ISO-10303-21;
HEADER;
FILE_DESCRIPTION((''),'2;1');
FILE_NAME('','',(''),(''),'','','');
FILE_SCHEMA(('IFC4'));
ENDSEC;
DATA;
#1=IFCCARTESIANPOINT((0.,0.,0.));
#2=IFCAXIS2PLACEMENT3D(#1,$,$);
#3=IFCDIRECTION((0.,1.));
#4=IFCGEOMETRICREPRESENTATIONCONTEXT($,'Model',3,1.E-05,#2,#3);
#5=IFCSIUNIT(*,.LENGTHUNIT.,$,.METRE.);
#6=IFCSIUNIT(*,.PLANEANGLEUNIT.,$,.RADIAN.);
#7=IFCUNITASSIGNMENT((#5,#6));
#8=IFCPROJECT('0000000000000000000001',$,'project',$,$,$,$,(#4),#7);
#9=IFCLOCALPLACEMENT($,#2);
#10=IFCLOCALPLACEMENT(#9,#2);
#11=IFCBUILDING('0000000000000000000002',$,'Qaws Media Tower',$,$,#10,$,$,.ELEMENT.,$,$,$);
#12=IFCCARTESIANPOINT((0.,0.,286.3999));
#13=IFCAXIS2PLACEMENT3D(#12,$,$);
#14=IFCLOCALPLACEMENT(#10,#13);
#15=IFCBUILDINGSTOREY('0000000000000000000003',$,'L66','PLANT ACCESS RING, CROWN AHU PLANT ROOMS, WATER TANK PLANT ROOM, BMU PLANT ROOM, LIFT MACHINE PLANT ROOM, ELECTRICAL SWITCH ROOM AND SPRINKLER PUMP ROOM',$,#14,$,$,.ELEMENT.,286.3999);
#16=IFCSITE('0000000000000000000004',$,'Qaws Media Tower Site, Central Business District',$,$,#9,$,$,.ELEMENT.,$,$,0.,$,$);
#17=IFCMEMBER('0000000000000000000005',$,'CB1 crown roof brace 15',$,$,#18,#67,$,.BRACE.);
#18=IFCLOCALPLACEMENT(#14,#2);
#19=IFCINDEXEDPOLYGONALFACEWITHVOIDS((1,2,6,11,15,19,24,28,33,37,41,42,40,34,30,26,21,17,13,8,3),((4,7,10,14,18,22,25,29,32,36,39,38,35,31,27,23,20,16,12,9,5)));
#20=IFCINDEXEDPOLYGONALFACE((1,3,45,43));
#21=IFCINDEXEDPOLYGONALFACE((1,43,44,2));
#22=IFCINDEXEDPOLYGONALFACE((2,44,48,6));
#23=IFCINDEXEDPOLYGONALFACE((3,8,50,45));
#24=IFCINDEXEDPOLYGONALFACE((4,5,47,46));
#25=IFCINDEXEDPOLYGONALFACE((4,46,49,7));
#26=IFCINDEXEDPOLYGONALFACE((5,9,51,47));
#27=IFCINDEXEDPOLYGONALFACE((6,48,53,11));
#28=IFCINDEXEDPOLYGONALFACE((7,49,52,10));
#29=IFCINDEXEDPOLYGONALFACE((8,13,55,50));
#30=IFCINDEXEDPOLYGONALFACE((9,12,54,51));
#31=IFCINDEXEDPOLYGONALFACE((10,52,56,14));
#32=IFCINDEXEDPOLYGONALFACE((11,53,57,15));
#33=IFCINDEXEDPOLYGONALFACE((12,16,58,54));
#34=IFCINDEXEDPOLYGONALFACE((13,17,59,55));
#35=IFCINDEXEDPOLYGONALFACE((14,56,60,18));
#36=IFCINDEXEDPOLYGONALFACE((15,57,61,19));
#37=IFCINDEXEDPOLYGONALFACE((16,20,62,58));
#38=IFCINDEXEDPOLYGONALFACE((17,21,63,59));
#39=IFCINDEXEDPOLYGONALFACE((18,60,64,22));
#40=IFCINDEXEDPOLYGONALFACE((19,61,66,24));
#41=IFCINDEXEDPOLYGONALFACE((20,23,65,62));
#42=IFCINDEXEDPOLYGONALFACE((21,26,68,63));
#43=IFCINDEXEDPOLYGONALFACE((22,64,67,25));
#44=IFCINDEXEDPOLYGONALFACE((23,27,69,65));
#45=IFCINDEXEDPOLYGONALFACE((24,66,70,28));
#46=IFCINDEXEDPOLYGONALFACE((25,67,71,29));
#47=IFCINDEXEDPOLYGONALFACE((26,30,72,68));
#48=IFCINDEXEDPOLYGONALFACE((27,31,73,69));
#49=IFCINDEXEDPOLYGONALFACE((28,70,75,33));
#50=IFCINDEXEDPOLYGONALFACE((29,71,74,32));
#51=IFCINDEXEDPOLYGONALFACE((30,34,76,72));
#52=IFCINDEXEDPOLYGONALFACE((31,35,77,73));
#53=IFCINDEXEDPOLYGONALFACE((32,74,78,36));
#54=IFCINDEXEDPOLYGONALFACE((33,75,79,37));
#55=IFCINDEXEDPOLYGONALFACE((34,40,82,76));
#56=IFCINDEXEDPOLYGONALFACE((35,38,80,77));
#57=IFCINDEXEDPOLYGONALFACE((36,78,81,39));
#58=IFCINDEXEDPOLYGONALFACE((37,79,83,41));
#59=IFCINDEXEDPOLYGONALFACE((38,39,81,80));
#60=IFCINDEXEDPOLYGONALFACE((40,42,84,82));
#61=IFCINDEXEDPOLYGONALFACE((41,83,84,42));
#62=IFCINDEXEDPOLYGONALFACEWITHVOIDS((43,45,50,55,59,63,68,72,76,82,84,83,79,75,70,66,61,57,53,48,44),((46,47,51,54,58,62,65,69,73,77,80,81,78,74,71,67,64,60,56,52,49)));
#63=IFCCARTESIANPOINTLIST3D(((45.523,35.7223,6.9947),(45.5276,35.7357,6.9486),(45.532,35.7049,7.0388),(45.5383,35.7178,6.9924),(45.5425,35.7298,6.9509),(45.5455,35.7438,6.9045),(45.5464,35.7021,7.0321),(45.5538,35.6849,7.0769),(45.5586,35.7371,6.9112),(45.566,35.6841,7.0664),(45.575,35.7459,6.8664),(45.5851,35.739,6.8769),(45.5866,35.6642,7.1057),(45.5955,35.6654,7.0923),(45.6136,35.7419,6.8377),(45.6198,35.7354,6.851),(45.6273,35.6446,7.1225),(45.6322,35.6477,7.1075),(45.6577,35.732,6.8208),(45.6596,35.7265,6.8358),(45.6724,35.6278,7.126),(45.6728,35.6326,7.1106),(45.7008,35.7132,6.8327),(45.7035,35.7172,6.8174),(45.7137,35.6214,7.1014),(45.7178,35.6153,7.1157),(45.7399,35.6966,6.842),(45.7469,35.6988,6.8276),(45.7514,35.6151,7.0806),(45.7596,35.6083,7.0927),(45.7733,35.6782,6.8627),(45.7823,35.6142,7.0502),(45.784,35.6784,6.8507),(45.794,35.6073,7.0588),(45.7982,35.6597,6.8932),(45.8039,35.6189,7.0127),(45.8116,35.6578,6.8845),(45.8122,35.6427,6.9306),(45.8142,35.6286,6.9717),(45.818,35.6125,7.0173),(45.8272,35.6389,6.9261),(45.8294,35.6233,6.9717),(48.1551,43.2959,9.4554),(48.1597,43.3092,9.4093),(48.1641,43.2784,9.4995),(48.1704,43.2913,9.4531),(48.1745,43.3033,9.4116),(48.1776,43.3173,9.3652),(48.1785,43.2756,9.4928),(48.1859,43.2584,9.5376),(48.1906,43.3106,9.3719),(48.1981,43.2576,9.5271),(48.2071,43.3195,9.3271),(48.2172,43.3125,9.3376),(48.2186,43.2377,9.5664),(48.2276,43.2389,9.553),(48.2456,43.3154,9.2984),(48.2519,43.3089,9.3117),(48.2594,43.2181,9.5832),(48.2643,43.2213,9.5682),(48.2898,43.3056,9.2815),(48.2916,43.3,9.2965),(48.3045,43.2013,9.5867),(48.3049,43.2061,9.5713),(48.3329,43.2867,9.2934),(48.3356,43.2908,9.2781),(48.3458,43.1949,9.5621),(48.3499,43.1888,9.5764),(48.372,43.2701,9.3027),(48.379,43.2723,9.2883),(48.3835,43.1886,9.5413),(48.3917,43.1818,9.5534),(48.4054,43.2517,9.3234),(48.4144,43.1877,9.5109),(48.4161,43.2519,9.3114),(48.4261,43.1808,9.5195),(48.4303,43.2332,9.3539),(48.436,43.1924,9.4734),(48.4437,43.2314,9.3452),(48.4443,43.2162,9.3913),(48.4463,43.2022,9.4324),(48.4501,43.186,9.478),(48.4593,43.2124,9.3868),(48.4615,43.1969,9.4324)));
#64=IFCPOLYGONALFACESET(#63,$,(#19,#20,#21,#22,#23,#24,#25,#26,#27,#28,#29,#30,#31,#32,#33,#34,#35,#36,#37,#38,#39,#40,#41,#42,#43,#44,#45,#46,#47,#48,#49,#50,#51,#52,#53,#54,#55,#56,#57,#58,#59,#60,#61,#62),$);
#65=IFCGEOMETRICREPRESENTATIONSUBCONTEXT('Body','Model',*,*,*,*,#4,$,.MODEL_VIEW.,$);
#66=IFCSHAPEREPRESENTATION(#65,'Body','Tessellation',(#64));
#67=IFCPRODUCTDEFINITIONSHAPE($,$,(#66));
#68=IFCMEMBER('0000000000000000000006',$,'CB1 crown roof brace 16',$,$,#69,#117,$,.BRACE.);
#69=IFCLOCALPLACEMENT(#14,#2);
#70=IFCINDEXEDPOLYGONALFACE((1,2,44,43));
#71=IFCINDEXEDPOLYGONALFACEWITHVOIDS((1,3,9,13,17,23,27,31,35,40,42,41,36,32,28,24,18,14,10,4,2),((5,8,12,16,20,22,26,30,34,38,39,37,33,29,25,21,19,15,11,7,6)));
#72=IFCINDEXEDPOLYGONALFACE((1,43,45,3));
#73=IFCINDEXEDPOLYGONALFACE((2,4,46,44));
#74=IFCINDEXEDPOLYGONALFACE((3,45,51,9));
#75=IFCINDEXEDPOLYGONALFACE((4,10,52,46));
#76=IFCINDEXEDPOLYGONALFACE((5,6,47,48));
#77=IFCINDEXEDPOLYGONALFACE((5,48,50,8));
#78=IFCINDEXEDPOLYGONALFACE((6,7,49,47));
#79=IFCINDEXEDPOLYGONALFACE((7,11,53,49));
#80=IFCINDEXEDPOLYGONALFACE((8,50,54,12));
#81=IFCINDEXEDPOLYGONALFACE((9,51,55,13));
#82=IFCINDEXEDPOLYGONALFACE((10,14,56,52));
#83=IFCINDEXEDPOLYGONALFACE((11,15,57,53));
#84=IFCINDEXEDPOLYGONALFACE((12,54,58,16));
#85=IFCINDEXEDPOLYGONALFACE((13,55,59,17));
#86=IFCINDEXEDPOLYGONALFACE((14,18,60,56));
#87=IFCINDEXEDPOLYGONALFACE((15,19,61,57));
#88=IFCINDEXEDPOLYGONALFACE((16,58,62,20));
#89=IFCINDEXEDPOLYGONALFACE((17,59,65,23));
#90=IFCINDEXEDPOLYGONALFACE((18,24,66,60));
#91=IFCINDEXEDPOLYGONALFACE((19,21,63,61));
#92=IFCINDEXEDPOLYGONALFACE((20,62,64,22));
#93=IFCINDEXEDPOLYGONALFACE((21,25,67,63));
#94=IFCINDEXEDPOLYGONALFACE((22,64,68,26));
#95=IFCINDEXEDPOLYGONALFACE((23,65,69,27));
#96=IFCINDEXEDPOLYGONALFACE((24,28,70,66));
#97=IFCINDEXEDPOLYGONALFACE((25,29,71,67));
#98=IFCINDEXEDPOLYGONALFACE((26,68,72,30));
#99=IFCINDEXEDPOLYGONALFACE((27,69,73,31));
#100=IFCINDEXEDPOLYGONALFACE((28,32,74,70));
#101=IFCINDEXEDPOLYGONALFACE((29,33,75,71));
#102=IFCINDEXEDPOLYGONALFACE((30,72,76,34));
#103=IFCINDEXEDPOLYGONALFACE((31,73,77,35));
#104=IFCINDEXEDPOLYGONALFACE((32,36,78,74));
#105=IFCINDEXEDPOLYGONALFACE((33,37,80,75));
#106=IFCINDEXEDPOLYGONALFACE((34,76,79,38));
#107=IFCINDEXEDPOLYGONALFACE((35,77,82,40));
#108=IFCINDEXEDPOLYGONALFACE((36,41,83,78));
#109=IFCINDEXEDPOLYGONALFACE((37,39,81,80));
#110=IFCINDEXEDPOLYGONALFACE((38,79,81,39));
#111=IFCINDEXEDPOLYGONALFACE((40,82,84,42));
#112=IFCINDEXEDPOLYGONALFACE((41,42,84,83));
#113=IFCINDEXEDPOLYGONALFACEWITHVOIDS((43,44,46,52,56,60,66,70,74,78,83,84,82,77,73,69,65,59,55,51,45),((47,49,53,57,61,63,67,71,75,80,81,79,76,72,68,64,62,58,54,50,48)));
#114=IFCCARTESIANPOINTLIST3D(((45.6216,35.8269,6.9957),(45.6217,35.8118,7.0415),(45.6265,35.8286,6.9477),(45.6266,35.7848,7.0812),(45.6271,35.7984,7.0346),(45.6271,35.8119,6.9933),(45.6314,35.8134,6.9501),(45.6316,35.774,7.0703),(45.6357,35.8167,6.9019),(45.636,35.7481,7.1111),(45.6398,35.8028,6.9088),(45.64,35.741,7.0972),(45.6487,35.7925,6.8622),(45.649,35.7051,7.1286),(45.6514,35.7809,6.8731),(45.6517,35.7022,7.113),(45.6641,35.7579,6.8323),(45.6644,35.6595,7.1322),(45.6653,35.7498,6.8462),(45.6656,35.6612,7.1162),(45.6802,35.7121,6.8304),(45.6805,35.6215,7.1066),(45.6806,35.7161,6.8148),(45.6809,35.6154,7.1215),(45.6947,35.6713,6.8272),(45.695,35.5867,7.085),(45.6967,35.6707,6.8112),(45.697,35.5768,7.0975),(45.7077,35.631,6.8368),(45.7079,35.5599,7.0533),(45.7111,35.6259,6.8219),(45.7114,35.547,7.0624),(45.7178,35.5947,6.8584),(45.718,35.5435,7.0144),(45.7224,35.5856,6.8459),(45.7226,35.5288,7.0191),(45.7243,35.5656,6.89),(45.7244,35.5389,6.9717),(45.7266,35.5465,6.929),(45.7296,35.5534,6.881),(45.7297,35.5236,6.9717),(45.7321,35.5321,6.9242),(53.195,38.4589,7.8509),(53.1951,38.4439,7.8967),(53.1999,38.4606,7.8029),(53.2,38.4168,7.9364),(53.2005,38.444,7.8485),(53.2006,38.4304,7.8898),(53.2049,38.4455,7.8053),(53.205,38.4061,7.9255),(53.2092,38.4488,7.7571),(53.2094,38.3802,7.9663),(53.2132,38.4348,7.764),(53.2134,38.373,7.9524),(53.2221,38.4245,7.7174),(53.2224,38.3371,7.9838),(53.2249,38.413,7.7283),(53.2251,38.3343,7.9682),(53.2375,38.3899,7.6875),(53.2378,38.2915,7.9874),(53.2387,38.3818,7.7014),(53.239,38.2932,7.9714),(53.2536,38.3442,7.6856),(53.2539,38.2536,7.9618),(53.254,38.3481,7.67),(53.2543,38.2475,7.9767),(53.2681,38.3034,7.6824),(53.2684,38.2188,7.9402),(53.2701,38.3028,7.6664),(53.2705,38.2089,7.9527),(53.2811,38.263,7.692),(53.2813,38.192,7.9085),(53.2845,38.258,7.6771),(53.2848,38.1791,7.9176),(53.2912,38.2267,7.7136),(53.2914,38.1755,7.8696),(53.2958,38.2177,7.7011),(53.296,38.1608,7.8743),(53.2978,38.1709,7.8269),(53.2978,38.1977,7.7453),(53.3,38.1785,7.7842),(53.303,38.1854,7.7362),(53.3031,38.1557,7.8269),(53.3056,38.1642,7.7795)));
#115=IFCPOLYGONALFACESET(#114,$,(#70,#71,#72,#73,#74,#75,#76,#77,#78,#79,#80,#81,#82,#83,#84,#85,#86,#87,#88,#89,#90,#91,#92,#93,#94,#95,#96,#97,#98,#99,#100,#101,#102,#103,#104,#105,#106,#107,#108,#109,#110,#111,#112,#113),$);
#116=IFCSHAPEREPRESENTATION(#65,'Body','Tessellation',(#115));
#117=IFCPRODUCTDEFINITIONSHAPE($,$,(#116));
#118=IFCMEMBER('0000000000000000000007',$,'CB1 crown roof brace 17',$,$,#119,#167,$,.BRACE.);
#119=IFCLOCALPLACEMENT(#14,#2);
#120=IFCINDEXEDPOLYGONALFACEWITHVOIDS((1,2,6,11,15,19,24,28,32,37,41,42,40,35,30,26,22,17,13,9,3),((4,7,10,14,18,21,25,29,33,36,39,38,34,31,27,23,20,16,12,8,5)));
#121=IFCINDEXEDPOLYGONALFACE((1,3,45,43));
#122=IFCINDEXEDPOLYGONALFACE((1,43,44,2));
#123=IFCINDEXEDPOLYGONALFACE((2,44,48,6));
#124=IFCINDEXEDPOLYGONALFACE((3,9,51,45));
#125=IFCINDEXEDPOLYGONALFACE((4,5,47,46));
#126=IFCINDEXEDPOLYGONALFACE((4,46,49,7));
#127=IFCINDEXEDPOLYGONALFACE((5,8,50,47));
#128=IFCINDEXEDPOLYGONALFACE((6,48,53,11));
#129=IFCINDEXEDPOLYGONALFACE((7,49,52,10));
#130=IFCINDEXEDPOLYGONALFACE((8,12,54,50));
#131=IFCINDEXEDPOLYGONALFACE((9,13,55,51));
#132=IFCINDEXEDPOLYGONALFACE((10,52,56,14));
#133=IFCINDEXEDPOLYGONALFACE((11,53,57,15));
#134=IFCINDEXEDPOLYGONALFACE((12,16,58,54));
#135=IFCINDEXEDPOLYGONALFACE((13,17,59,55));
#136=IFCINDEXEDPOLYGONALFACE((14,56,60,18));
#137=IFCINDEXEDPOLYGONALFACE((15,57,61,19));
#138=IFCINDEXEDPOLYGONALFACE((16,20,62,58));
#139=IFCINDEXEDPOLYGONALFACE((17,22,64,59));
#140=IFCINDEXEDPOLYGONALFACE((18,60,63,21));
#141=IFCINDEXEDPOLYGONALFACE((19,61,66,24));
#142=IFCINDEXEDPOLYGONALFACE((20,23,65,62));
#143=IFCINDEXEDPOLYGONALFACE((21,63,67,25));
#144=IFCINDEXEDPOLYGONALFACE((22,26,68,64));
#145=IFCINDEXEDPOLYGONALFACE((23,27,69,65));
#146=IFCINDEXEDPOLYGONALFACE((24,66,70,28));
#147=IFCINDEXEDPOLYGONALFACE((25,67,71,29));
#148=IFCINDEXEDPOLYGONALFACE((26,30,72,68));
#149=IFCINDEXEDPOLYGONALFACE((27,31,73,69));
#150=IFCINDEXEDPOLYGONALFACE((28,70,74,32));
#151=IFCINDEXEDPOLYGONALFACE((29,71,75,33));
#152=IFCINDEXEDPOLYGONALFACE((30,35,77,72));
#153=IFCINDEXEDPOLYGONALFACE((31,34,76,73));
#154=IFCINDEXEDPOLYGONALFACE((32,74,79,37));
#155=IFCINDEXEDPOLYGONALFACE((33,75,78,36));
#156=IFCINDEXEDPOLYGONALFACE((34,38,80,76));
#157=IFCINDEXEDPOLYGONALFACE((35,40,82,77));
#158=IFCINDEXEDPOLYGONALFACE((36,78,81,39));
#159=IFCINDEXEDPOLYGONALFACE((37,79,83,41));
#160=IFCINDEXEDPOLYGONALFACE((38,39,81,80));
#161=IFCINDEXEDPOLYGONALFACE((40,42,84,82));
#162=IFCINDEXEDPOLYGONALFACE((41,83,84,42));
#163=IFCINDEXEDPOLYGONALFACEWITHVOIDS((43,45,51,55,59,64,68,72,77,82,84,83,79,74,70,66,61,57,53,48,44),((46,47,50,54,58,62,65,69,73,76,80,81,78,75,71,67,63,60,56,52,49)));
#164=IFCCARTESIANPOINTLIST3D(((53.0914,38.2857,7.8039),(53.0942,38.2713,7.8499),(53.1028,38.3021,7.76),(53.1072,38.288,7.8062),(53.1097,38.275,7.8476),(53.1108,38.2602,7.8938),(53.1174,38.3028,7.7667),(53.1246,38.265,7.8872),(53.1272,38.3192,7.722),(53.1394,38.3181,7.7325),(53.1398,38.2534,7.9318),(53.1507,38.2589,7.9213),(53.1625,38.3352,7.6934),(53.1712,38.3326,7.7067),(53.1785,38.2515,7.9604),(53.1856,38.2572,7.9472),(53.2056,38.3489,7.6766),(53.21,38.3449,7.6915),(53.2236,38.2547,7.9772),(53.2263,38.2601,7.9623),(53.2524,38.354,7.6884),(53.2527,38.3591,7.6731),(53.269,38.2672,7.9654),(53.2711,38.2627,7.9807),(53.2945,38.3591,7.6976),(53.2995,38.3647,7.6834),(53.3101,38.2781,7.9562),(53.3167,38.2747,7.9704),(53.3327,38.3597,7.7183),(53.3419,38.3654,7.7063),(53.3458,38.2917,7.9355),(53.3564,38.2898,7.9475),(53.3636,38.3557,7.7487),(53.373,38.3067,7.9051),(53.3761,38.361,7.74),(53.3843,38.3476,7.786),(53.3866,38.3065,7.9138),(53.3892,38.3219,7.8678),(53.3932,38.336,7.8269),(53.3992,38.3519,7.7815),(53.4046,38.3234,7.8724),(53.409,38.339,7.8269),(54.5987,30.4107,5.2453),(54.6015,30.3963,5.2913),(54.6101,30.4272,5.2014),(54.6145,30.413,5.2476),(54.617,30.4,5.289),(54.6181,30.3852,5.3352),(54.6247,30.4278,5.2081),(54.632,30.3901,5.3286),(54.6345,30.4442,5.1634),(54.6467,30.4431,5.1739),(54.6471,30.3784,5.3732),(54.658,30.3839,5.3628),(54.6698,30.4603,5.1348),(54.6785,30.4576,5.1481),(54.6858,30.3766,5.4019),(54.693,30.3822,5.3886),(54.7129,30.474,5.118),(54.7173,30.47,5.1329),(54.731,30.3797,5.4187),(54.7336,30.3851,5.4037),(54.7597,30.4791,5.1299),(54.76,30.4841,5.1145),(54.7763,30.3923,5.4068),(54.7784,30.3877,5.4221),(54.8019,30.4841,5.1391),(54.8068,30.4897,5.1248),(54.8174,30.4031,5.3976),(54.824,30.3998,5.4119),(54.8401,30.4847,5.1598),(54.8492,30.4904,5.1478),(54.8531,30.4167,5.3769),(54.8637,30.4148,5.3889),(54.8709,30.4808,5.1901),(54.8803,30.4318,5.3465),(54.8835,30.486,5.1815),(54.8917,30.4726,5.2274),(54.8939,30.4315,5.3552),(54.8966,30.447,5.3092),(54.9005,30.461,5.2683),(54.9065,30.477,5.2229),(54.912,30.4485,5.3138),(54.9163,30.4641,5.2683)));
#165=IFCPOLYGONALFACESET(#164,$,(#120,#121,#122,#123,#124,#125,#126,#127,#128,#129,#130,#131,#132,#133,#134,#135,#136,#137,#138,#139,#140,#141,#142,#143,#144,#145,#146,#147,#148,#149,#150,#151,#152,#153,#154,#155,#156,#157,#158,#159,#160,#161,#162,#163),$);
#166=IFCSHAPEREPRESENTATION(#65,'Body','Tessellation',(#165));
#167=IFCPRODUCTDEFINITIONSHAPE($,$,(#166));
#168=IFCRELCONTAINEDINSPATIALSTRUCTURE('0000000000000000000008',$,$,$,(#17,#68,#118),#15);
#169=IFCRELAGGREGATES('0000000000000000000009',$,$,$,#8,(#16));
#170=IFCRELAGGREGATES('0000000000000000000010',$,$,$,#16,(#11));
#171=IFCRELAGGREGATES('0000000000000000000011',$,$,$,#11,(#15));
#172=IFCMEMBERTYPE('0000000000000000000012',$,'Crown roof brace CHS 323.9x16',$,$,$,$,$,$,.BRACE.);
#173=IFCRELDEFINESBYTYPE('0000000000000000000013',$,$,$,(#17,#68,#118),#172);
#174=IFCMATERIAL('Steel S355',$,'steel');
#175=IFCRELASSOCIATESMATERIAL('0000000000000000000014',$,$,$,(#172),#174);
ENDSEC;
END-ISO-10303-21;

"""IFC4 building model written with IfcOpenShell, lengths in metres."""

from ifc_helpers import new_model, si_unit, direction, frame, origin, origin_2d, place, context, subcontext, project, spatial, hollow_circle, extrude, material, material_profile, profile_set, type_object, element, save


model = new_model("IFC4")

# Units and contexts
model_context = context("Model", 3, precision=1e-05, world=origin(), true_north=direction((0.0, 1.0)))
body_context = subcontext(model_context, "Body", "Model", "MODEL_VIEW")
ifc_project = project(units=[si_unit("LENGTHUNIT", "METRE"), si_unit("PLANEANGLEUNIT", "RADIAN")], contexts=[model_context])

# Site, building, storey
site_placement = place(None, origin())
site = spatial("IfcSite", under=ifc_project, at=site_placement, Name="Qaws Media Tower Site, Central Business District", CompositionType="ELEMENT", RefElevation=0.0)
building_placement = place(site_placement, origin())
building = spatial("IfcBuilding", under=site, at=building_placement, Name="Qaws Media Tower", CompositionType="ELEMENT")
storey_placement = place(building_placement, frame((0.0, 0.0, 286.3999)))
storey = spatial("IfcBuildingStorey", under=building, at=storey_placement, Name="L66", Description="PLANT ACCESS RING, CROWN AHU PLANT ROOMS, WATER TANK PLANT ROOM, BMU PLANT ROOM, LIFT MACHINE PLANT ROOM, ELECTRICAL SWITCH ROOM AND SPRINKLER PUMP ROOM", CompositionType="ELEMENT", Elevation=286.3999)

# Members
ifc_material_1 = material(Name="Steel S355", Category="steel")
ifc_material_profile_1 = material_profile(ifc_material_1, hollow_circle(Radius=0.1619, WallThickness=0.0161, at=origin_2d()), Name="CHS 323.9x16")
ifc_profile_set_1 = profile_set([ifc_material_profile_1], Name="Steel S355")
member_type = type_object("IfcMemberType", Name="Crown roof brace CHS 323.9x16", PredefinedType="BRACE", material=ifc_profile_set_1)
member_1_placement = place(storey_placement, frame((48.3086, 43.25, 9.4324), z_axis=(-0.313831, -0.903011, -0.293396), x_axis=(0.944581, -0.328279, 0.0)))
element("IfcMember", 1, at=member_1_placement, inside=storey, type_object=member_type, Name="CB1 crown roof brace 15", PredefinedType="BRACE", context=body_context, shape_type="SweptSolid", body=[
    extrude(hollow_circle(Radius=0.1619, WallThickness=0.0161, at=origin_2d()), origin(), (0.0, 0.0, 1.0), 8.387),
])
member_2_placement = place(storey_placement, frame((53.25, 38.3086, 7.8269), z_axis=(-0.939253, -0.326427, -0.106064), x_axis=(0.328279, -0.944581, 0.0)))
element("IfcMember", 2, at=member_2_placement, inside=storey, type_object=member_type, Name="CB1 crown roof brace 16", PredefinedType="BRACE", context=body_context, shape_type="SweptSolid", body=[
    extrude(hollow_circle(Radius=0.1619, WallThickness=0.0161, at=origin_2d()), origin(), (0.0, 0.0, 1.0), 8.0632),
])
member_3_placement = place(storey_placement, frame((53.25, 38.3086, 7.8269), z_axis=(0.179096, -0.935685, -0.304005), x_axis=(0.98217, 0.187994, 0.0)))
element("IfcMember", 3, at=member_3_placement, inside=storey, type_object=member_type, Name="CB1 crown roof brace 17", PredefinedType="BRACE", context=body_context, shape_type="SweptSolid", body=[
    extrude(hollow_circle(Radius=0.1619, WallThickness=0.0161, at=origin_2d()), origin(), (0.0, 0.0, 1.0), 8.4163),
])

save(model, "model.ifc")
